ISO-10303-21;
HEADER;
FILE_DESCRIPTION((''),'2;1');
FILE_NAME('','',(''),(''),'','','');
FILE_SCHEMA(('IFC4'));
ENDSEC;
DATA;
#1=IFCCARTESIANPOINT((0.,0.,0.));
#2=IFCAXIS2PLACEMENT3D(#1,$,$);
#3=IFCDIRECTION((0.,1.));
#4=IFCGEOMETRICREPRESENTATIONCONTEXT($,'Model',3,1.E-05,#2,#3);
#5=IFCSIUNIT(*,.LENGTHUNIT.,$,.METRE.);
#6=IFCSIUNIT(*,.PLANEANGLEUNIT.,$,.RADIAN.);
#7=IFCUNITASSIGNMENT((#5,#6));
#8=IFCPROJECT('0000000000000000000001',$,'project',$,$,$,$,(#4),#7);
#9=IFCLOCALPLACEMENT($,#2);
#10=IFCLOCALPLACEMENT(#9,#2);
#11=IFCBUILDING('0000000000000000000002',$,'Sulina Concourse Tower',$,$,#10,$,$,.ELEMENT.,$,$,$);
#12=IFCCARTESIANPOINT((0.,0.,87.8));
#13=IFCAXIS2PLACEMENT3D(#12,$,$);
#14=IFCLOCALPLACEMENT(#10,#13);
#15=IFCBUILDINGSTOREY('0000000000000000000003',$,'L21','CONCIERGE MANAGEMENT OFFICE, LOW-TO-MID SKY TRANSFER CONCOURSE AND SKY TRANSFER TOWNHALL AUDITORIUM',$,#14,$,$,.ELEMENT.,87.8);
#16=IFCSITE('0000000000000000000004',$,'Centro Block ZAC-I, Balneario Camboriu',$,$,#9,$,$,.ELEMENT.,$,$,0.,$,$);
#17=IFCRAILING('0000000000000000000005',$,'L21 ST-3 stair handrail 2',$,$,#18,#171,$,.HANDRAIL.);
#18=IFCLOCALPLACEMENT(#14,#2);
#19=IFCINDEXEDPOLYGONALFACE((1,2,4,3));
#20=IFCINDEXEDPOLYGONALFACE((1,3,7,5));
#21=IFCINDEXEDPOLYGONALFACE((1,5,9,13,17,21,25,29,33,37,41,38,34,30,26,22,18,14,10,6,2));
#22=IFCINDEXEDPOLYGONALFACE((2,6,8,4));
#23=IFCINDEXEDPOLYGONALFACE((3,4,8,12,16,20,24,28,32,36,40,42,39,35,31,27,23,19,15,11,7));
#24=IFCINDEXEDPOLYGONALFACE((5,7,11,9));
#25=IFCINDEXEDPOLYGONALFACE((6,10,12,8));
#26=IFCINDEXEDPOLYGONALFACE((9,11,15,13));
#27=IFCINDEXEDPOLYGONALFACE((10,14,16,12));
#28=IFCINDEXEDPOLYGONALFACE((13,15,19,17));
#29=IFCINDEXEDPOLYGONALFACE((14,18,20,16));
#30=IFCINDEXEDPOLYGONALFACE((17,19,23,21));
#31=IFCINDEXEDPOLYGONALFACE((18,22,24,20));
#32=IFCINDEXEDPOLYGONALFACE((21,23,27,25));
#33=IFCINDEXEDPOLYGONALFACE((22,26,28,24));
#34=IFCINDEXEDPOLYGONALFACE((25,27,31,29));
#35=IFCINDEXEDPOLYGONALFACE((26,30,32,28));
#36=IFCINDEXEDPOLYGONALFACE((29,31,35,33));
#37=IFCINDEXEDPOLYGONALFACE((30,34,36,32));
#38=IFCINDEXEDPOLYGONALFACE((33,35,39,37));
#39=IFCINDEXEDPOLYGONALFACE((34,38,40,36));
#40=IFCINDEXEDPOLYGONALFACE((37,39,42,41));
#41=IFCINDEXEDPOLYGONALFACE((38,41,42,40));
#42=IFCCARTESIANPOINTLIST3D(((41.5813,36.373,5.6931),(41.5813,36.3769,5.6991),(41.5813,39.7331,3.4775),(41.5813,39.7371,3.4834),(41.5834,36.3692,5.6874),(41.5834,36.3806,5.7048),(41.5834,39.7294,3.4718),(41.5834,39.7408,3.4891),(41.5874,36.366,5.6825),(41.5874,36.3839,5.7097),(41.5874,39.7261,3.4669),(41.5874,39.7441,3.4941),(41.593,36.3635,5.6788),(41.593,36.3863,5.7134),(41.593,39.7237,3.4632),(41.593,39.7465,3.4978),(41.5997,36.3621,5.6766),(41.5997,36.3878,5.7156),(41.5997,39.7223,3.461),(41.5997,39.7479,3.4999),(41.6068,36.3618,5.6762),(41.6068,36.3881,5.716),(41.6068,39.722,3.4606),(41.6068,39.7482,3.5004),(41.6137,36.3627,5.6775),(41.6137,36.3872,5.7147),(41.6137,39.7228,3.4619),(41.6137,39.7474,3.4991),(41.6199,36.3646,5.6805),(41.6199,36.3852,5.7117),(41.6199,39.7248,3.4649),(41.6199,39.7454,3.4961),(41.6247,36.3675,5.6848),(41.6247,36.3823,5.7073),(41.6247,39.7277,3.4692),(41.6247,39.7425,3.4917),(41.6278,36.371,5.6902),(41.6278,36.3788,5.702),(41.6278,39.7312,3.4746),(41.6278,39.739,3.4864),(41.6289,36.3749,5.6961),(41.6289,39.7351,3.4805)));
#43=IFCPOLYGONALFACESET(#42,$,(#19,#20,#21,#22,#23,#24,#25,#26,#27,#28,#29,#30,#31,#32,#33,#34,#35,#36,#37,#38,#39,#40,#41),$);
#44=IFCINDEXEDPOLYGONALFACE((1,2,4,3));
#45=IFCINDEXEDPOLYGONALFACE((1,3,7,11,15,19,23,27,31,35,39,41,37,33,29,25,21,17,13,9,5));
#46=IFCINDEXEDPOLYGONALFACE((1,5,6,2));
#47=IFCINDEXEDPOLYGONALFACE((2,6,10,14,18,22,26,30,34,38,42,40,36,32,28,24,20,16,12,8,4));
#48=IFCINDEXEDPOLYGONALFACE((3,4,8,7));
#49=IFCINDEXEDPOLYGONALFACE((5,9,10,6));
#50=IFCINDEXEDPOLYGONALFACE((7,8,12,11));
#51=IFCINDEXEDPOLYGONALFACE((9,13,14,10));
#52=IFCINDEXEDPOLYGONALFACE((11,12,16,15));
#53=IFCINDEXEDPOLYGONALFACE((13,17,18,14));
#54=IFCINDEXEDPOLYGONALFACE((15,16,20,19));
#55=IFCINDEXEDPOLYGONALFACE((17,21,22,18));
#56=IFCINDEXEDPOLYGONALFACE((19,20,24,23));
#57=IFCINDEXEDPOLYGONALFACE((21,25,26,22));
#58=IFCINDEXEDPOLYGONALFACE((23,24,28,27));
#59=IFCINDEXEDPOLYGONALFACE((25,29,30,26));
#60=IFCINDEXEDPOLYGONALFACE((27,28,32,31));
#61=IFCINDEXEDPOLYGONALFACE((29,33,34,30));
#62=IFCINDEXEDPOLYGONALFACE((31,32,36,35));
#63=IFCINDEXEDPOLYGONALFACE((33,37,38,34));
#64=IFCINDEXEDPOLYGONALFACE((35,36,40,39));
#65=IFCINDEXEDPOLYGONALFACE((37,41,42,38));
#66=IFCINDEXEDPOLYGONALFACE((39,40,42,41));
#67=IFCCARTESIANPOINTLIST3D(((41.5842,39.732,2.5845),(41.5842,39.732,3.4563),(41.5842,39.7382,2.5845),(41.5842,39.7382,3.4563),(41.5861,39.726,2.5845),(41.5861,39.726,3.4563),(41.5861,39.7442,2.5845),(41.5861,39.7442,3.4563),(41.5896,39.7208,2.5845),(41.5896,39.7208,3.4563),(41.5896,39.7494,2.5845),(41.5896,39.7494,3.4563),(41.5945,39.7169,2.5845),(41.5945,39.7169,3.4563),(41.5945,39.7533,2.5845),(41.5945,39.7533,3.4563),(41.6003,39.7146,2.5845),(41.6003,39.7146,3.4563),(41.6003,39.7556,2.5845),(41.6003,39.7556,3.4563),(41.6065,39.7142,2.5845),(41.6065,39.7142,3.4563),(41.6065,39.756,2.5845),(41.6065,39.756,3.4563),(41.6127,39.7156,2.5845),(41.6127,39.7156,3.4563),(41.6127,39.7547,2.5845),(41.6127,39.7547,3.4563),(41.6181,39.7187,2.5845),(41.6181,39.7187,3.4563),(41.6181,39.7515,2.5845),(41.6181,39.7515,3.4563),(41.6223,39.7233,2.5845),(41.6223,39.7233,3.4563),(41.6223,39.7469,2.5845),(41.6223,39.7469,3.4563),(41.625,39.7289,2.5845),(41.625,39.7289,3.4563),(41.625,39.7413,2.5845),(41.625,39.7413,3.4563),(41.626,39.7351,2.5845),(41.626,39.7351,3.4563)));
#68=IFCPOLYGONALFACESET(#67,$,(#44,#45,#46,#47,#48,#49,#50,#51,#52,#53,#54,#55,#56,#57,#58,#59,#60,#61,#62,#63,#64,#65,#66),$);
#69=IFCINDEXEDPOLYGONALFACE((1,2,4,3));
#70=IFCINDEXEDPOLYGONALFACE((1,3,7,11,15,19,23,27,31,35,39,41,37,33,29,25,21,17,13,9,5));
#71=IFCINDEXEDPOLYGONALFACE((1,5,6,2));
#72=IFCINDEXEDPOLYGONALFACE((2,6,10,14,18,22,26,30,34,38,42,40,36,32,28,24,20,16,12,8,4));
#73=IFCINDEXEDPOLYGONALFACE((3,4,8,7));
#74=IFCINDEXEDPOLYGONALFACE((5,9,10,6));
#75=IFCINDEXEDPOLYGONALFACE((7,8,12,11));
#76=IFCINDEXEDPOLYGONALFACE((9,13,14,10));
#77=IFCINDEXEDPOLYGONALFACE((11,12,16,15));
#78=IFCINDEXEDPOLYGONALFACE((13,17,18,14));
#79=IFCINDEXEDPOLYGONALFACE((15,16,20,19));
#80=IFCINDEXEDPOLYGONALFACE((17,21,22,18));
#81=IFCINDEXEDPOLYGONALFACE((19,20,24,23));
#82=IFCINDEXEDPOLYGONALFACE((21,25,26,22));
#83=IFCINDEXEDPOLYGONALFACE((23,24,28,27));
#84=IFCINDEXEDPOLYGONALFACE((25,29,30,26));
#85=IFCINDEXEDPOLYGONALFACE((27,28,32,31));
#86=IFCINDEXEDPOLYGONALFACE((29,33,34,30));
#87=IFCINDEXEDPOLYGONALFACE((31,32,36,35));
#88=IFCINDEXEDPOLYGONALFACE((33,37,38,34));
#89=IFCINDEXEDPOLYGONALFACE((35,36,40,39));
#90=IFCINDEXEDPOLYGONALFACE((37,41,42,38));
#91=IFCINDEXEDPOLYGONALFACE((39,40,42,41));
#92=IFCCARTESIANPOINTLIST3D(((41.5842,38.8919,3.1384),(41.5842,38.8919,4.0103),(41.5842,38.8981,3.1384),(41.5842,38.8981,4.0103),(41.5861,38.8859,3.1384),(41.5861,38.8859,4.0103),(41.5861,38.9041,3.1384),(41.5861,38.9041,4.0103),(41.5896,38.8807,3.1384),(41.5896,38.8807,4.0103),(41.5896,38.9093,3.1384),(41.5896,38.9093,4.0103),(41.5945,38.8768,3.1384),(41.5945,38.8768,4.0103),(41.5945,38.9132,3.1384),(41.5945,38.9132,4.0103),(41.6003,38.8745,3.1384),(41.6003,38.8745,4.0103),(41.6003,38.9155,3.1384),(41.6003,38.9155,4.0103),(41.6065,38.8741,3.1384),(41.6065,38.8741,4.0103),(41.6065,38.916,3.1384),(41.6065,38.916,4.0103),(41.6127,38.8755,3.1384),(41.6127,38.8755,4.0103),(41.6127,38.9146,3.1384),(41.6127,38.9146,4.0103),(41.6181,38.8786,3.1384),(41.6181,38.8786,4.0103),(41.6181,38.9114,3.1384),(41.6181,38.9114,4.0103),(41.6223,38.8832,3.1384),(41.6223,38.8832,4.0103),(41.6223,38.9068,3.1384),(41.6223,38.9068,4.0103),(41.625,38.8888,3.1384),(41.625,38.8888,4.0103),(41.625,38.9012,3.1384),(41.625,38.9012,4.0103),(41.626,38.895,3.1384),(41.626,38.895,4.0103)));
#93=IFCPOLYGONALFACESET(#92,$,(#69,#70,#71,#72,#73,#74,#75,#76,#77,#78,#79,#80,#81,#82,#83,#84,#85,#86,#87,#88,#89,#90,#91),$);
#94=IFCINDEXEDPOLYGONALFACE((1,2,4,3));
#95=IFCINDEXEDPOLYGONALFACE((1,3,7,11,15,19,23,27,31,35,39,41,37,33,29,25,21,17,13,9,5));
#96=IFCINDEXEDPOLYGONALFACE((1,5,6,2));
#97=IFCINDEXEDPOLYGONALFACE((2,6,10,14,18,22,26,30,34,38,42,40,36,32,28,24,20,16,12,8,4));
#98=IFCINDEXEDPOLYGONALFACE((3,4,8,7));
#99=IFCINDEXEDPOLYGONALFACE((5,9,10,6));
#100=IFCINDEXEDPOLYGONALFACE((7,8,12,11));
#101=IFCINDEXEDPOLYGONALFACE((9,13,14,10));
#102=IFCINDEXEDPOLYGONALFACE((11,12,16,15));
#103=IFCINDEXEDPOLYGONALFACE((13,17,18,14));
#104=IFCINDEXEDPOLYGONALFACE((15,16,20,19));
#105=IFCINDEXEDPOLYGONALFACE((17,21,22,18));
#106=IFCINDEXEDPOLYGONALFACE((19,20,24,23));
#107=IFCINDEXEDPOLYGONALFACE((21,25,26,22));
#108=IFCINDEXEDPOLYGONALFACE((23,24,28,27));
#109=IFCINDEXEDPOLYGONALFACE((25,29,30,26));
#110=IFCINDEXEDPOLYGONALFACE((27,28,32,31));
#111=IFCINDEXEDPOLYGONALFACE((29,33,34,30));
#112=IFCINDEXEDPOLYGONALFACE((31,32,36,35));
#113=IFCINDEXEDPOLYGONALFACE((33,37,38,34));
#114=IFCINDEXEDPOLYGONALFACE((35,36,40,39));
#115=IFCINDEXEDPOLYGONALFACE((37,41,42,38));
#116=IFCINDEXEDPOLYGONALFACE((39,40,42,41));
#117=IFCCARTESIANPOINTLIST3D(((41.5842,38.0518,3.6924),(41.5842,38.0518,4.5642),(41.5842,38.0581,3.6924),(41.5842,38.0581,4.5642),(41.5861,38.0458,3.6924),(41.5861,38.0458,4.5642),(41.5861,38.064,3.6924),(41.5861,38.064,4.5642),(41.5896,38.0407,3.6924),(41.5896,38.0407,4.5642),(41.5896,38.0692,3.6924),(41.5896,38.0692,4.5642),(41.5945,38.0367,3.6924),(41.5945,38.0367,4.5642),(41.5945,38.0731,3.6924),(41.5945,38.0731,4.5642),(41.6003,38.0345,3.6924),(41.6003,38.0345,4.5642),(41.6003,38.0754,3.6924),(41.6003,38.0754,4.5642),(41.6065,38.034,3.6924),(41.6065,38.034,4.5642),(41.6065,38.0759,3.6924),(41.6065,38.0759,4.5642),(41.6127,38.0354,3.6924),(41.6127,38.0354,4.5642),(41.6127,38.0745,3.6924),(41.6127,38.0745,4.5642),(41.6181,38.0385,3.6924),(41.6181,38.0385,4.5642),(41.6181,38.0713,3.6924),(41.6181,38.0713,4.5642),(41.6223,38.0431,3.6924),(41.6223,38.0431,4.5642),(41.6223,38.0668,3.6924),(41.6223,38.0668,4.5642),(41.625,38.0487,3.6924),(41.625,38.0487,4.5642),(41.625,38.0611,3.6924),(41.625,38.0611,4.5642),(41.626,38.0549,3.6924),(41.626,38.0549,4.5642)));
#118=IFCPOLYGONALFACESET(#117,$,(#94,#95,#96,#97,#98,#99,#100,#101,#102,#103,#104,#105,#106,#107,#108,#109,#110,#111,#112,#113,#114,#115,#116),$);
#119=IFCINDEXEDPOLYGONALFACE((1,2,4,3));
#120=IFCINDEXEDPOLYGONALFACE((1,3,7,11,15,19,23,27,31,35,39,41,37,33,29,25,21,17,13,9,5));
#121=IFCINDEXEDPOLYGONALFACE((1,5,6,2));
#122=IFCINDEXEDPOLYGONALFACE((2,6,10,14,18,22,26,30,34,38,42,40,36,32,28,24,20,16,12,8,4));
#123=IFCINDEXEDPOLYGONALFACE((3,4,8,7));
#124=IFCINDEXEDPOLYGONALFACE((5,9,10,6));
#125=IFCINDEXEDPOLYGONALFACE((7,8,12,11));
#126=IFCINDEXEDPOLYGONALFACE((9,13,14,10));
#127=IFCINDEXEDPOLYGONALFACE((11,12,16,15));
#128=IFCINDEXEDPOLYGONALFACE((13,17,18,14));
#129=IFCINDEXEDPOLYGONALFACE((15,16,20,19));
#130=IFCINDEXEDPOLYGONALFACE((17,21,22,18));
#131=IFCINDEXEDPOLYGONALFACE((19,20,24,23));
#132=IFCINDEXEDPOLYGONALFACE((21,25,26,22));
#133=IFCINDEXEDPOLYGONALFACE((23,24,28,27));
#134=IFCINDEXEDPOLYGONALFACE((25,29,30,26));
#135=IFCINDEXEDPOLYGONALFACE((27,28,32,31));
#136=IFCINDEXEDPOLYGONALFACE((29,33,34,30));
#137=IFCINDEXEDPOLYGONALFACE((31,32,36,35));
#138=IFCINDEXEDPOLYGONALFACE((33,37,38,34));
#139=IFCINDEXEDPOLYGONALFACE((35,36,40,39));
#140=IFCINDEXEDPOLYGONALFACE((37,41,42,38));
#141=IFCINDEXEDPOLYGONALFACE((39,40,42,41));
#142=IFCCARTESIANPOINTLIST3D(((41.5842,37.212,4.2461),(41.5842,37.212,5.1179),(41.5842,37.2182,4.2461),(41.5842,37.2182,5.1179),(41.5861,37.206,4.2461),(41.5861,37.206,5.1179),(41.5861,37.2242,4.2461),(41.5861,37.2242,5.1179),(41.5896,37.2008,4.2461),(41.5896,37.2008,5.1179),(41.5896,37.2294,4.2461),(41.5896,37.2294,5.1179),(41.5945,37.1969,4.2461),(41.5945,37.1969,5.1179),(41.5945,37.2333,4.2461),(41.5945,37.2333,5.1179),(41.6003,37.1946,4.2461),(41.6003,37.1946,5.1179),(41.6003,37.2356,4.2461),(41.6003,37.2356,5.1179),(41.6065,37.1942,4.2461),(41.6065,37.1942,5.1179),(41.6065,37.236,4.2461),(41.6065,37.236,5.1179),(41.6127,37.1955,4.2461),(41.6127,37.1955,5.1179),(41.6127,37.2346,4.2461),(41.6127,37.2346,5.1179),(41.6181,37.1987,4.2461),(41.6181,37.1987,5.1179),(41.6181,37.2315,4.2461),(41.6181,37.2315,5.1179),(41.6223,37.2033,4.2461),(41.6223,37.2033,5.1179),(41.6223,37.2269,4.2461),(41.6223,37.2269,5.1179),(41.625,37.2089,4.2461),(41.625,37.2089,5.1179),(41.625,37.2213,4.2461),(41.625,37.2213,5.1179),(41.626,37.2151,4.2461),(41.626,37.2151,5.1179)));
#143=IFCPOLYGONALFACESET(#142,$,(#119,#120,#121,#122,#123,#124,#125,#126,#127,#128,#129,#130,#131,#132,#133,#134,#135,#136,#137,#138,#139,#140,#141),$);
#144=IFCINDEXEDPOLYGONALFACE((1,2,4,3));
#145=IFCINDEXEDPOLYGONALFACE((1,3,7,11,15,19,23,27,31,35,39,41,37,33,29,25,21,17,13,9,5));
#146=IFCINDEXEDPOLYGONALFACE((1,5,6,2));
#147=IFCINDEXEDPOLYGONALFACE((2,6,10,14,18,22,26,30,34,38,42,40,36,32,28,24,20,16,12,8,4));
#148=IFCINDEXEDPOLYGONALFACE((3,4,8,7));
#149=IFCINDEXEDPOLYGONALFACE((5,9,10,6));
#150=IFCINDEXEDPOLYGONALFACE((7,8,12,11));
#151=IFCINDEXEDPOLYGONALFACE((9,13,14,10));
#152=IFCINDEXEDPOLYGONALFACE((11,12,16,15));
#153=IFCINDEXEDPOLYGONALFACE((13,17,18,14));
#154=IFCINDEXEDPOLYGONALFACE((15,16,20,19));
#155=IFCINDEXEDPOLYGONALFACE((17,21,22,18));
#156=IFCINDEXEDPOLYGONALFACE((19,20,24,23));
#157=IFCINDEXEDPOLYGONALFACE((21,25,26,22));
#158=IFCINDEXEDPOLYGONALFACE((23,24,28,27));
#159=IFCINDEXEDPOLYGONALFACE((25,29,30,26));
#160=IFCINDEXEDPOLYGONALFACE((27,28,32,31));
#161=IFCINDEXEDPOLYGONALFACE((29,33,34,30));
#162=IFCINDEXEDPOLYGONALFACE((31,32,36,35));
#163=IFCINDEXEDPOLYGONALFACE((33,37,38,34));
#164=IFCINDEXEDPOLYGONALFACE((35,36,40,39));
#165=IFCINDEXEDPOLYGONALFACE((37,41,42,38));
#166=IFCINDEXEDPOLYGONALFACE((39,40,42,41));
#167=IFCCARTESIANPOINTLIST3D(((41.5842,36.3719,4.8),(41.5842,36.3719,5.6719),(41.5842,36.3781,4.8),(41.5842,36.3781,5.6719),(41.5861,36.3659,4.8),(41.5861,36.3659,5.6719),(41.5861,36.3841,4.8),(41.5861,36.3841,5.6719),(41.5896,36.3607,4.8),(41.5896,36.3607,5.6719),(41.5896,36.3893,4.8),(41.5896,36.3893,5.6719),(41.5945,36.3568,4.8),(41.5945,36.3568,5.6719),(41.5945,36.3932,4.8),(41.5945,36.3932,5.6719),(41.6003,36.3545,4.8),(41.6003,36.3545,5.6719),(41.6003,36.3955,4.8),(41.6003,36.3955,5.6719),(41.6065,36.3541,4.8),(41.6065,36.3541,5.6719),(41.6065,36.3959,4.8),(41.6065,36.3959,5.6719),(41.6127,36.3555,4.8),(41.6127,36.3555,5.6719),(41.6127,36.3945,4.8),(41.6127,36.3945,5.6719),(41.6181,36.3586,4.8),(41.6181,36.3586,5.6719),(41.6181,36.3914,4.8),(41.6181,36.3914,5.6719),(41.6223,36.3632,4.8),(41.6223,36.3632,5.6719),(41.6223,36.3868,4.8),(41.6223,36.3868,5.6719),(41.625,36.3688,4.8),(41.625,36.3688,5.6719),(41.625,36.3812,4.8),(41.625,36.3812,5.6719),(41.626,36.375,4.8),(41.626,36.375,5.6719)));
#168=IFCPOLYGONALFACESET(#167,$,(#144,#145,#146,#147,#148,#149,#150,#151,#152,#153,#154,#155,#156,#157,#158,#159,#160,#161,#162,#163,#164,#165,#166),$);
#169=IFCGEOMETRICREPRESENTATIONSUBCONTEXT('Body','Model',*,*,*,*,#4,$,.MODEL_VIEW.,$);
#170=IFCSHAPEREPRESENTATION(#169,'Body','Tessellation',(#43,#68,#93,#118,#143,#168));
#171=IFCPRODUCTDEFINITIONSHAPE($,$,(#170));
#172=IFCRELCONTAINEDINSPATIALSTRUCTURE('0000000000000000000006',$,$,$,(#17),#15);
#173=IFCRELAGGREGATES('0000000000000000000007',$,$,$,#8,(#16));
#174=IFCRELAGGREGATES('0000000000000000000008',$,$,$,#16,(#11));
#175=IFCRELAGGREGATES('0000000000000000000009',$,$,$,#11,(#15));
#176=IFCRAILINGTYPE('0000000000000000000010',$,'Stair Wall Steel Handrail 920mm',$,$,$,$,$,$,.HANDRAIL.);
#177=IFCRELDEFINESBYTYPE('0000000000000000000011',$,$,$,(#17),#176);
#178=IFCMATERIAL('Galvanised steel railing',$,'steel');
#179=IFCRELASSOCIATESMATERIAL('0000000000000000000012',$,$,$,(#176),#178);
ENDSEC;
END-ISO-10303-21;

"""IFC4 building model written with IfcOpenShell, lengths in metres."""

from ifc_helpers import new_model, si_unit, direction, frame, origin, origin_2d, place, context, subcontext, project, spatial, circle, extrude, material, type_object, element, save


model = new_model("IFC4")

# Units and contexts
model_context = context("Model", 3, precision=1e-05, world=origin(), true_north=direction((0.0, 1.0)))
body_context = subcontext(model_context, "Body", "Model", "MODEL_VIEW")
ifc_project = project(units=[si_unit("LENGTHUNIT", "METRE"), si_unit("PLANEANGLEUNIT", "RADIAN")], contexts=[model_context])

# Site, building, storey
site_placement = place(None, origin())
site = spatial("IfcSite", under=ifc_project, at=site_placement, Name="Centro Block ZAC-I, Balneario Camboriu", CompositionType="ELEMENT", RefElevation=0.0)
building_placement = place(site_placement, origin())
building = spatial("IfcBuilding", under=site, at=building_placement, Name="Sulina Concourse Tower", CompositionType="ELEMENT")
storey_placement = place(building_placement, frame((0.0, 0.0, 87.8)))
storey = spatial("IfcBuildingStorey", under=building, at=storey_placement, Name="L21", Description="CONCIERGE MANAGEMENT OFFICE, LOW-TO-MID SKY TRANSFER CONCOURSE AND SKY TRANSFER TOWNHALL AUDITORIUM", CompositionType="ELEMENT", Elevation=87.8)

# Railing
ifc_material_1 = material(Name="Galvanised steel railing", Category="steel")
railing_type_1 = type_object("IfcRailingType", Name="Stair Wall Steel Handrail 920mm", PredefinedType="HANDRAIL", material=ifc_material_1)
railing_1_placement = place(storey_placement, frame((41.605, 39.7351, 2.5845)))
element("IfcRailing", 1, at=railing_1_placement, inside=storey, type_object=railing_type_1, Name="L21 ST-3 stair handrail 2", PredefinedType="HANDRAIL", context=body_context, shape_type="SweptSolid", body=[
    extrude(circle(Radius=0.0239, at=origin_2d()), frame((0.0, 0.0, 0.896), z_axis=(0.0, -0.834849, 0.55048), x_axis=(1.0, 0.0, 0.0)), (0.0, 0.0, 1.0), 4.0249),
    extrude(circle(Radius=0.021, at=origin_2d()), origin(), (0.0, 0.0, 1.0), 0.8718),
    extrude(circle(Radius=0.021, at=origin_2d()), frame((0.0, -0.8401, 0.554)), (0.0, 0.0, 1.0), 0.8718),
    extrude(circle(Radius=0.021, at=origin_2d()), frame((0.0, -1.6802, 1.1079)), (0.0, 0.0, 1.0), 0.8718),
    extrude(circle(Radius=0.021, at=origin_2d()), frame((0.0, -2.52, 1.6616)), (0.0, 0.0, 1.0), 0.8718),
    extrude(circle(Radius=0.021, at=origin_2d()), frame((0.0, -3.3601, 2.2156)), (0.0, 0.0, 1.0), 0.8718),
])

save(model, "model.ifc")
